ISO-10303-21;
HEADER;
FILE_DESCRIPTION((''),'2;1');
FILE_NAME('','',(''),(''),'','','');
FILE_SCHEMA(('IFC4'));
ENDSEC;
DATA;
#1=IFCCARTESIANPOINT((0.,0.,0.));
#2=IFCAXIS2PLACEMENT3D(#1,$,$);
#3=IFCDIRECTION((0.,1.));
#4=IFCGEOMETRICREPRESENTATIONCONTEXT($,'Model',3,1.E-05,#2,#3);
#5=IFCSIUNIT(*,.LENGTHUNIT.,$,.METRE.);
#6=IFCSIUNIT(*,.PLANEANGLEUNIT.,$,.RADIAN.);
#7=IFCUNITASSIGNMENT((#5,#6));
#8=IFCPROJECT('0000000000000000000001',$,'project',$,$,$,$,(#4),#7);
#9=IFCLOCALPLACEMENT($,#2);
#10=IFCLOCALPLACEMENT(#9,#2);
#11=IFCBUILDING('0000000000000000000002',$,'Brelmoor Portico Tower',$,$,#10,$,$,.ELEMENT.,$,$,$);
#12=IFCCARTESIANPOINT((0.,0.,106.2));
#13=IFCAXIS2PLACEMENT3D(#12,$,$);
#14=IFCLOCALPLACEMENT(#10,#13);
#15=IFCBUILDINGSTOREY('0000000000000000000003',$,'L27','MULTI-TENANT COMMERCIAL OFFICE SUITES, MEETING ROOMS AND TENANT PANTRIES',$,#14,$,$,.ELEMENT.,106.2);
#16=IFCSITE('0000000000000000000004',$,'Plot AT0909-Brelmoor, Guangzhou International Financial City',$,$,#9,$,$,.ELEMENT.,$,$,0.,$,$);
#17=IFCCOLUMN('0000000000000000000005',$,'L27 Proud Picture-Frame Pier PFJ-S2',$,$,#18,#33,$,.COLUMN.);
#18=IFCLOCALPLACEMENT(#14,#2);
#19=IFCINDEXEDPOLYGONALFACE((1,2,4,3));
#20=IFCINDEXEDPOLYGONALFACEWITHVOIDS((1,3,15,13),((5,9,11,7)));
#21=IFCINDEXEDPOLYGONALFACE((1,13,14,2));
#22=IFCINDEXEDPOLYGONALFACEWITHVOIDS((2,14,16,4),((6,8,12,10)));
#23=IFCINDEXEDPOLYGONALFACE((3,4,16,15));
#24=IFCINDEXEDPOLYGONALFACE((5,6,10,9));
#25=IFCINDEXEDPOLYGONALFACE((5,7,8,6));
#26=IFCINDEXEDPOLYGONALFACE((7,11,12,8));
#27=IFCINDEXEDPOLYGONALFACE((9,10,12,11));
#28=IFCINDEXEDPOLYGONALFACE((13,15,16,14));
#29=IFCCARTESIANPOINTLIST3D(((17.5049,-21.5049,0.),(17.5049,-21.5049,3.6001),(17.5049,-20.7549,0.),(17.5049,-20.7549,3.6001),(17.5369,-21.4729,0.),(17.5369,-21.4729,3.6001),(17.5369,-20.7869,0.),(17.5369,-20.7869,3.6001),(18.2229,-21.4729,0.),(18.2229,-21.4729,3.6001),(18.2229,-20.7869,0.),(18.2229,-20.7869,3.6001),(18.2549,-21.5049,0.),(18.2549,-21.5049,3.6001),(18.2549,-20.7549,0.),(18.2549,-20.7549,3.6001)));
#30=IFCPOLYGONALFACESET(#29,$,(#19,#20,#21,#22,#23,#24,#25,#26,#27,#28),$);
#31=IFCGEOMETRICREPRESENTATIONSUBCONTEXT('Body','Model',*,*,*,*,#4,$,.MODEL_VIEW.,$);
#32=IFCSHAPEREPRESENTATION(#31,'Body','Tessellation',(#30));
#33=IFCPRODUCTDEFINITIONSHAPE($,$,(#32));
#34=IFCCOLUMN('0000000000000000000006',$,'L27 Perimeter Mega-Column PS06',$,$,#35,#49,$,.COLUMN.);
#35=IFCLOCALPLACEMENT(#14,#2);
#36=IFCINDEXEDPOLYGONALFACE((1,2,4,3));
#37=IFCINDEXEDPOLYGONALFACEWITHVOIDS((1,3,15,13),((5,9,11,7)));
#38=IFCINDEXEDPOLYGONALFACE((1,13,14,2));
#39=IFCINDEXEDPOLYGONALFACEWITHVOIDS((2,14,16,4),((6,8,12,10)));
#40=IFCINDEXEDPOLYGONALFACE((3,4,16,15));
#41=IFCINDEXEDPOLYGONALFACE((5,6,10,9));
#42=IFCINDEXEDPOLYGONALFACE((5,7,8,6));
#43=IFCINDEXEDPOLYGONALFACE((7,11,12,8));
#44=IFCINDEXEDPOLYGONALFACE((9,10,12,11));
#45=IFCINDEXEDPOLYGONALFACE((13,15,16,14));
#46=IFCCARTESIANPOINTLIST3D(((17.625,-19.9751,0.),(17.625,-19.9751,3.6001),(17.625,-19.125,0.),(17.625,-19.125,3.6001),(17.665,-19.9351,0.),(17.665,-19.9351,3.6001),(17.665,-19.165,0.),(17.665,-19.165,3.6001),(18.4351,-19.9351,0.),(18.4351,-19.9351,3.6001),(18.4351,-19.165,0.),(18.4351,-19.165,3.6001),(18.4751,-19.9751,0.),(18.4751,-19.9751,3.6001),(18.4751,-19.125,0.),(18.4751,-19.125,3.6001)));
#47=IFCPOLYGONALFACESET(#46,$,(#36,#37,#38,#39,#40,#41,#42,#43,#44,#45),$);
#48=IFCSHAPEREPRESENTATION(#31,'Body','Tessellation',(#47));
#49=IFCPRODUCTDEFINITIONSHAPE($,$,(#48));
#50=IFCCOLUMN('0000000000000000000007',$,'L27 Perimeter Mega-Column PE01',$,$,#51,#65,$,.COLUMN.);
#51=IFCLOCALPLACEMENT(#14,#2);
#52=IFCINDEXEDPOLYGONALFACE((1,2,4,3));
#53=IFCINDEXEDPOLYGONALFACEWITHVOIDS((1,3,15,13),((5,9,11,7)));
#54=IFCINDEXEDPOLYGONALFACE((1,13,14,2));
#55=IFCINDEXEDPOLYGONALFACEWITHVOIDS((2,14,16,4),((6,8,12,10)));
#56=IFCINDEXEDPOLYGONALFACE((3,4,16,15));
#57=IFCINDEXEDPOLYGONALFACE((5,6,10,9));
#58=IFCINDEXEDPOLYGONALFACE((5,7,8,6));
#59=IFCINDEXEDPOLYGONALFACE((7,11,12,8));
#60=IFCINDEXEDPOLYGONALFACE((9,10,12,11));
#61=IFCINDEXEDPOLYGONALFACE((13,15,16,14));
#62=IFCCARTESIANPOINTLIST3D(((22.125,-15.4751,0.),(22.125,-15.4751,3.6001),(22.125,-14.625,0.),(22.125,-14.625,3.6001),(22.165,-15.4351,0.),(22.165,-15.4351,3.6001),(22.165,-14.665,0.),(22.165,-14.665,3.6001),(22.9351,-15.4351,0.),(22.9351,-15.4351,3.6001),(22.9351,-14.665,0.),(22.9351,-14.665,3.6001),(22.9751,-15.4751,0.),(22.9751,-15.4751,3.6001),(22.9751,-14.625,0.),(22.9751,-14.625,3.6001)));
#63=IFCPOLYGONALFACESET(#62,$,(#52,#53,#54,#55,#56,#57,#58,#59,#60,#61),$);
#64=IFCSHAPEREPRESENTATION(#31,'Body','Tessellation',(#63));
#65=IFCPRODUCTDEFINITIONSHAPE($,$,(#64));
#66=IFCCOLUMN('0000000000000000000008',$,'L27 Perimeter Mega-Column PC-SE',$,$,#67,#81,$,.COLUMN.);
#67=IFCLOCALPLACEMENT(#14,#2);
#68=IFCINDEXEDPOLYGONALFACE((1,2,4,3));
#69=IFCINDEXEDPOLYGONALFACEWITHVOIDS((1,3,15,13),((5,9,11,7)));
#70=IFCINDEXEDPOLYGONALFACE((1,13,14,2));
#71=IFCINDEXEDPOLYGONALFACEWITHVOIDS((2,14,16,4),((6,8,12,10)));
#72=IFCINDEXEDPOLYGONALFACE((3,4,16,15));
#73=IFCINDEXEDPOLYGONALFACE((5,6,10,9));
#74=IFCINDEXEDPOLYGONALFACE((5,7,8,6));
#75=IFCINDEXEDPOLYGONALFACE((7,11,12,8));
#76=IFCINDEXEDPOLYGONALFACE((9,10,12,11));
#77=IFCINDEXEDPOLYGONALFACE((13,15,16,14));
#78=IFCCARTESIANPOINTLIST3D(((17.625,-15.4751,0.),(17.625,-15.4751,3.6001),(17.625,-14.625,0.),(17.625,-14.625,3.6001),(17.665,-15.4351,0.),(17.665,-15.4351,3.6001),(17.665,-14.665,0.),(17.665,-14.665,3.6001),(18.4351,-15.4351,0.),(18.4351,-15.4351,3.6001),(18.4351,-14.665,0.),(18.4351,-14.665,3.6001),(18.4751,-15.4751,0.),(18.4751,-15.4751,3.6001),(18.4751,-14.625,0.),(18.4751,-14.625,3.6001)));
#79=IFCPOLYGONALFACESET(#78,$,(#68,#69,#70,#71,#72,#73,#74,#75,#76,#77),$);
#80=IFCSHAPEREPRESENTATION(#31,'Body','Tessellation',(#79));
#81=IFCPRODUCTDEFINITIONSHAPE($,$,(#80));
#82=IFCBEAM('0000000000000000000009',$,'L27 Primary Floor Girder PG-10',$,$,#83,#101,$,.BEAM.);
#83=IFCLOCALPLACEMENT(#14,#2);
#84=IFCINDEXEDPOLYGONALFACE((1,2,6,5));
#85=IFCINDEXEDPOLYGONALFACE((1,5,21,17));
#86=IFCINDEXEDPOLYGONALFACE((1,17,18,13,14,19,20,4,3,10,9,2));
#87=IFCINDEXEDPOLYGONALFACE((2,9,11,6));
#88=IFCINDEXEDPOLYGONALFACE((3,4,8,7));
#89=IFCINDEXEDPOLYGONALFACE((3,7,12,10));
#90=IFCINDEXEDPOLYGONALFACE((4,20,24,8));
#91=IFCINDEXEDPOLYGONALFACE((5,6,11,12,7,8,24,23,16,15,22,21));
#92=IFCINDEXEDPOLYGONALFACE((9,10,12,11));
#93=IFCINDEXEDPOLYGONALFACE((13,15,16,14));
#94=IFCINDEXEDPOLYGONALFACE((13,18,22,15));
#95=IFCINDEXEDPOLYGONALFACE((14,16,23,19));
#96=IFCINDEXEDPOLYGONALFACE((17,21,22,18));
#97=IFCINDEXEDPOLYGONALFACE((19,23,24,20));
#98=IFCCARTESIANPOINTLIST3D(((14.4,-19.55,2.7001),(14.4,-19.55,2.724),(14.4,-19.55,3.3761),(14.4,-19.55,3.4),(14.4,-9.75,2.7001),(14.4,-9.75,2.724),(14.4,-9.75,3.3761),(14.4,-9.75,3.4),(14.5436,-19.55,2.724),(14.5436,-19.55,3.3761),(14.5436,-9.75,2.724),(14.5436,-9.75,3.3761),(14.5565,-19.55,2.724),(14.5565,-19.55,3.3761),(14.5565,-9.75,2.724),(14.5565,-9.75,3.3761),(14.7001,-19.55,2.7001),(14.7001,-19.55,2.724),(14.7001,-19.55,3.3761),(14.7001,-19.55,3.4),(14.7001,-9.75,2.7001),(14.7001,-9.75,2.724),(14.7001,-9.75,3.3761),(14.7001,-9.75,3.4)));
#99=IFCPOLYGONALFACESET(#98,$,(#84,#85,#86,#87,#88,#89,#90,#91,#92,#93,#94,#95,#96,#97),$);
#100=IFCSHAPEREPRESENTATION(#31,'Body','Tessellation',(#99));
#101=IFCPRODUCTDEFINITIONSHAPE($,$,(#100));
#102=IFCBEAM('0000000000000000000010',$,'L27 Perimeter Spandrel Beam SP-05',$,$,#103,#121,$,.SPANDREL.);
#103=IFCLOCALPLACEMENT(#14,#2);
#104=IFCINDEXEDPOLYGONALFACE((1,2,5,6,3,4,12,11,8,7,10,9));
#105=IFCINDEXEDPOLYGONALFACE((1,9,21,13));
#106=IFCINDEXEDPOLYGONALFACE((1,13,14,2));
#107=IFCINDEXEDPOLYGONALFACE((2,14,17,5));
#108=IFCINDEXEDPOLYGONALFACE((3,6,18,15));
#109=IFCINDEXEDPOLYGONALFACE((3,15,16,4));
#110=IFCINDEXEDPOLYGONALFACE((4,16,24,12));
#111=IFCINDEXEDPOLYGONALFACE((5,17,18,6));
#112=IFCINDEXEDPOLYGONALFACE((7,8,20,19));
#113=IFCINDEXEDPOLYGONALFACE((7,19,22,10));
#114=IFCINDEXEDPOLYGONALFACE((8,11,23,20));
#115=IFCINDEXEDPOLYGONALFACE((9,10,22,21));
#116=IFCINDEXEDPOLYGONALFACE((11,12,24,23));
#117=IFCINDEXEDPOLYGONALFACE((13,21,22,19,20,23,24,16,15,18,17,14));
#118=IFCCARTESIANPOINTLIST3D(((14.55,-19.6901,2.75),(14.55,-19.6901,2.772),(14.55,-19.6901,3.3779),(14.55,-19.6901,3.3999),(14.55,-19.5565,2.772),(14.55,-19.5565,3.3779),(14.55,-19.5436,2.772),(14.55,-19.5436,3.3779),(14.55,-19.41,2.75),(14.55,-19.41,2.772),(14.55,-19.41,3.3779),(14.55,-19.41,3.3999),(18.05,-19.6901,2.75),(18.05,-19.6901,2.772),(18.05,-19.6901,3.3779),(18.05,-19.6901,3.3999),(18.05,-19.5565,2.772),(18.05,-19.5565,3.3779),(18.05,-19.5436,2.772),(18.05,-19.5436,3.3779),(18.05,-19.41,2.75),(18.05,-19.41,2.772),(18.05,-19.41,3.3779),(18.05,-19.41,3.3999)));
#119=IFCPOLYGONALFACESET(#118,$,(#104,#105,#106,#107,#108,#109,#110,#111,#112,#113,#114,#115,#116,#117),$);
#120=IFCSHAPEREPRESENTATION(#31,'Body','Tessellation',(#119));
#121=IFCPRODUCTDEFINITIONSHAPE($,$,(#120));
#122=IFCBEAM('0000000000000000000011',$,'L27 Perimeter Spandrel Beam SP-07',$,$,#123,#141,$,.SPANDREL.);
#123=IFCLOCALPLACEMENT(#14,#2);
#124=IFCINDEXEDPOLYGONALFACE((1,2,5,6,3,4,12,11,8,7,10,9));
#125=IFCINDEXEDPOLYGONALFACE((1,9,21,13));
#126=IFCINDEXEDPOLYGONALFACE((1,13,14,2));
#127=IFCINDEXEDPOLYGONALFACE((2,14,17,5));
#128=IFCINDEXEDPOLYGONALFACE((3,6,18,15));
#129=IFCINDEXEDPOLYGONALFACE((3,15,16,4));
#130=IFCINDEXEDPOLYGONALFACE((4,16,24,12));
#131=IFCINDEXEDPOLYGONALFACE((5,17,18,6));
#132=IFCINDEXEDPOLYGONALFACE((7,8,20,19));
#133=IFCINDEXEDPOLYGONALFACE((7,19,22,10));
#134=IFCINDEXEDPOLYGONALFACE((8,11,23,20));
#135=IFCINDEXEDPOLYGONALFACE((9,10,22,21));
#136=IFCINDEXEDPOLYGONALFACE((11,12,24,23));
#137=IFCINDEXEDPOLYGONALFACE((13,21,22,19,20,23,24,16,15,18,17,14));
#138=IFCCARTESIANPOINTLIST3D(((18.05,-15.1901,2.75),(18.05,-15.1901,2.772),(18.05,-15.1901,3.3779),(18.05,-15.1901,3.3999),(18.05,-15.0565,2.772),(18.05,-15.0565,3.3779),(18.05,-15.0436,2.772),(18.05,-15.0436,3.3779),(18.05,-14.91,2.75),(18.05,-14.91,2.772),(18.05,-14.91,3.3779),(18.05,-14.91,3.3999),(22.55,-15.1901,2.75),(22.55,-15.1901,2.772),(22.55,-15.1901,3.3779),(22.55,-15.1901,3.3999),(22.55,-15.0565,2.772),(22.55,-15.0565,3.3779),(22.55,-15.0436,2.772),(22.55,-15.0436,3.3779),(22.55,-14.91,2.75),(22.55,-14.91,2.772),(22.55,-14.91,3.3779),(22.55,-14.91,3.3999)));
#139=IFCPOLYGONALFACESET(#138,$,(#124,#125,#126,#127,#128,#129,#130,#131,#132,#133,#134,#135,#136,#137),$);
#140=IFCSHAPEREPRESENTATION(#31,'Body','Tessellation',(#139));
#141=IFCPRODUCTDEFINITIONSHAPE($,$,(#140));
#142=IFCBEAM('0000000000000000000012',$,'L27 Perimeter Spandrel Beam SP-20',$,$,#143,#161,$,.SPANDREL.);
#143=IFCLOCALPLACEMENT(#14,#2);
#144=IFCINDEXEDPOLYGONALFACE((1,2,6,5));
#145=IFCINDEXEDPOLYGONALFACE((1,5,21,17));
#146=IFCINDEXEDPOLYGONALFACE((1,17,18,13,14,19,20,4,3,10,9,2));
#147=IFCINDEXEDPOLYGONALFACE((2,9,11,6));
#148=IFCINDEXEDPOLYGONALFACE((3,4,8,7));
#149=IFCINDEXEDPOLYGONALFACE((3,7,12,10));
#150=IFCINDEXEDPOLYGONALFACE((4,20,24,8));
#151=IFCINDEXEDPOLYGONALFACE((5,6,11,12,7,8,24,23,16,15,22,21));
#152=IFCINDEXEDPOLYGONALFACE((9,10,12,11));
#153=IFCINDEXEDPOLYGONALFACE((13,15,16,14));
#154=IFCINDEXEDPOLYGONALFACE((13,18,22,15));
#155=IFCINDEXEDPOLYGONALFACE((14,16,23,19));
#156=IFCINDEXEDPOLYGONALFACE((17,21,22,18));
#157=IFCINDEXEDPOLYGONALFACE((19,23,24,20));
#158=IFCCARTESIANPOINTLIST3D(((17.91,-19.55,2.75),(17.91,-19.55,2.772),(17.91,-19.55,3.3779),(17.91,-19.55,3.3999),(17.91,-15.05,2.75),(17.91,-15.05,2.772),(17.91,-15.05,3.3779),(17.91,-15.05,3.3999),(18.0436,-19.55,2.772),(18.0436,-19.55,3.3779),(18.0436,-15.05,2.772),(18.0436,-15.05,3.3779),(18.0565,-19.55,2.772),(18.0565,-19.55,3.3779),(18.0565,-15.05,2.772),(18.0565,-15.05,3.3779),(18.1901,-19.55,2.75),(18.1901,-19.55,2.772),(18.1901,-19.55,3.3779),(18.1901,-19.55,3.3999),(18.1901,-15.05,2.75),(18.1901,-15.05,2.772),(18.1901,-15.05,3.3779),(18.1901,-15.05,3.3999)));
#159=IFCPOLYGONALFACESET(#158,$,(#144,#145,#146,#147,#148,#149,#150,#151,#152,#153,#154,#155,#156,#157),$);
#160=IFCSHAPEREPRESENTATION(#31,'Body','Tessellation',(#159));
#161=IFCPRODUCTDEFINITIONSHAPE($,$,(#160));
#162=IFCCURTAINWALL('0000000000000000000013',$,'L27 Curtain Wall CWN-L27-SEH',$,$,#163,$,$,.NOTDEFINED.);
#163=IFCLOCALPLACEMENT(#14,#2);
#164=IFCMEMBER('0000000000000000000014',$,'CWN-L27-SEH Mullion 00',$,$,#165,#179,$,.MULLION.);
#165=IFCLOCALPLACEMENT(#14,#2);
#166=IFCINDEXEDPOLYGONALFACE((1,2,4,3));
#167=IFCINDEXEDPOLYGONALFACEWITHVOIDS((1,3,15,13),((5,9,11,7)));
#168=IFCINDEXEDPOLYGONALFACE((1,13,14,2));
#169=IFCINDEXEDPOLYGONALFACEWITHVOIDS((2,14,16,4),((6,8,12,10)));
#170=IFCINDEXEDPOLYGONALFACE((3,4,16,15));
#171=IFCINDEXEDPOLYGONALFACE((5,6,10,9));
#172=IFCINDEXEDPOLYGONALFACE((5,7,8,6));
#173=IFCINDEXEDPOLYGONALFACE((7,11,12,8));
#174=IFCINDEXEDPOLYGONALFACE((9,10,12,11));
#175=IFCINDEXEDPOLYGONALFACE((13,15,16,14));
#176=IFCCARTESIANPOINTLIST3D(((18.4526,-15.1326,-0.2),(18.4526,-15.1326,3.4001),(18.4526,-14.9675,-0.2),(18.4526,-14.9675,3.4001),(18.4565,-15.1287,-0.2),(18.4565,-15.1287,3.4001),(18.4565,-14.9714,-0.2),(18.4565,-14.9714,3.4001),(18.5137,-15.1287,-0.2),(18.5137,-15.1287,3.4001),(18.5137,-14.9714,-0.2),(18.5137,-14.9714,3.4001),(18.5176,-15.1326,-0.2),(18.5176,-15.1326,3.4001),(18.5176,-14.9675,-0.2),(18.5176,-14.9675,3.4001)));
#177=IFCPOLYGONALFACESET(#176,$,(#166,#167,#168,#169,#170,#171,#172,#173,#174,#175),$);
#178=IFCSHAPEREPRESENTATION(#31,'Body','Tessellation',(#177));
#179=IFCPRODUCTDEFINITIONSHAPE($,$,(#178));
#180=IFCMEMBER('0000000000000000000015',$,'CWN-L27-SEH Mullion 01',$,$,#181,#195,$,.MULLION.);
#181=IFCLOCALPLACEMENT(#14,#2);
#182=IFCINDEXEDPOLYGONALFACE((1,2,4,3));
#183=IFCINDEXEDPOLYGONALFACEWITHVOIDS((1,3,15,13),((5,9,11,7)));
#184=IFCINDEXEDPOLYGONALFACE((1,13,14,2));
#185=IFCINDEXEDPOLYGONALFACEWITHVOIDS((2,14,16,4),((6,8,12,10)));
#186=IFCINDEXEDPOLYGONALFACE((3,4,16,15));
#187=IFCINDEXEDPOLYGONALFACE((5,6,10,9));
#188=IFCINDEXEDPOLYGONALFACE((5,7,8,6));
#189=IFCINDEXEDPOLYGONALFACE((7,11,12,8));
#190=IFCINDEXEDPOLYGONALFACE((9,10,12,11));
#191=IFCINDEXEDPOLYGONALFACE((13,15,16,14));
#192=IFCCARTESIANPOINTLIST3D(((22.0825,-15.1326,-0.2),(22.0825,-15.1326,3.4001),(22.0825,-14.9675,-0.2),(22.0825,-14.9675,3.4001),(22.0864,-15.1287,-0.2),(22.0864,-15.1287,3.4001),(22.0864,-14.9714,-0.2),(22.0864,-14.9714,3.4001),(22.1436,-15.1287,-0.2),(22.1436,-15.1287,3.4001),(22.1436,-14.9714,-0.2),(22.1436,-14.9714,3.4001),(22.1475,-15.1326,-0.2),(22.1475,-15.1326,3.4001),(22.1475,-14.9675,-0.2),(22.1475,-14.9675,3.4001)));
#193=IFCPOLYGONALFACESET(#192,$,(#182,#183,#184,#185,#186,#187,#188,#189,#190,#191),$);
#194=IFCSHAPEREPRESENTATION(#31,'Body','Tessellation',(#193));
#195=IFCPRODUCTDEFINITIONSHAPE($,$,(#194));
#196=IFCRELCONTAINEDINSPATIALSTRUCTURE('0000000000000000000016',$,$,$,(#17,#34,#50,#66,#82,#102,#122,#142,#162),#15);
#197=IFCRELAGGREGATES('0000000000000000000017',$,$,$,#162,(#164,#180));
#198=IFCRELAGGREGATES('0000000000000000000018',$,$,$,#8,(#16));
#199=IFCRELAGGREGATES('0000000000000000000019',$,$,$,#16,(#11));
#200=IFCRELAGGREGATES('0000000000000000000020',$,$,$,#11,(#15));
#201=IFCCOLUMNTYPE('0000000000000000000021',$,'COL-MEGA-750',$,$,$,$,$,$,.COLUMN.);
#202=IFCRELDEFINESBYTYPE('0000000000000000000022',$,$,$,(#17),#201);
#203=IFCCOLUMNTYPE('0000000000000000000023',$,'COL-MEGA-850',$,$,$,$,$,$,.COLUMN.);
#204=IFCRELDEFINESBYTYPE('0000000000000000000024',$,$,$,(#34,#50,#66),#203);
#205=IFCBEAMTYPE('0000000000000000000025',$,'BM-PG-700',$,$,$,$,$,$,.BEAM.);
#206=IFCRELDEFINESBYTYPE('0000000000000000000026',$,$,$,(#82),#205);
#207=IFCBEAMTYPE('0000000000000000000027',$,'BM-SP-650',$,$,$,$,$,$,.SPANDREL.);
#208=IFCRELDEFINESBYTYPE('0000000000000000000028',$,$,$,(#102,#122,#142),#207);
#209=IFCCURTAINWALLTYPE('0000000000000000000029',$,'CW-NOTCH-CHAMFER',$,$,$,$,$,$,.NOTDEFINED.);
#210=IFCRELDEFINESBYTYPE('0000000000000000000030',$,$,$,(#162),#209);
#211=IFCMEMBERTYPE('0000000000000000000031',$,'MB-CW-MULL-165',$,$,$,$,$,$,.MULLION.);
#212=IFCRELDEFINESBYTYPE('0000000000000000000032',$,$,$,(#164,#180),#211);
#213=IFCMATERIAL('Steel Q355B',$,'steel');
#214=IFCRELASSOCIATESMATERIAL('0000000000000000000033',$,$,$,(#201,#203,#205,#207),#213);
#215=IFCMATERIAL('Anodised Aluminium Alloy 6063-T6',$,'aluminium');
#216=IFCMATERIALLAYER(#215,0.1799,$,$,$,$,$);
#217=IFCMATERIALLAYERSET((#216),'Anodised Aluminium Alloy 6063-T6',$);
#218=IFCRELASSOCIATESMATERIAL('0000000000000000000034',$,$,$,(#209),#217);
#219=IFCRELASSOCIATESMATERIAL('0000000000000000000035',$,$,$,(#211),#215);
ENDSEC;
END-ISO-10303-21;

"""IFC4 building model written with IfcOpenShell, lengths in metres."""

from ifc_helpers import new_model, si_unit, direction, frame, origin, origin_2d, place, context, subcontext, project, spatial, hollow_rectangle, i_section, extrude, material, layer, layer_set, material_profile, profile_set, type_object, element, aggregate, save


model = new_model("IFC4")

# Units and contexts
model_context = context("Model", 3, precision=1e-05, world=origin(), true_north=direction((0.0, 1.0)))
body_context = subcontext(model_context, "Body", "Model", "MODEL_VIEW")
ifc_project = project(units=[si_unit("LENGTHUNIT", "METRE"), si_unit("PLANEANGLEUNIT", "RADIAN")], contexts=[model_context])

# Site, building, storey
site_placement = place(None, origin())
site = spatial("IfcSite", under=ifc_project, at=site_placement, Name="Plot AT0909-Brelmoor, Guangzhou International Financial City", CompositionType="ELEMENT", RefElevation=0.0)
building_placement = place(site_placement, origin())
building = spatial("IfcBuilding", under=site, at=building_placement, Name="Brelmoor Portico Tower", CompositionType="ELEMENT")
storey_placement = place(building_placement, frame((0.0, 0.0, 106.2)))
storey = spatial("IfcBuildingStorey", under=building, at=storey_placement, Name="L27", Description="MULTI-TENANT COMMERCIAL OFFICE SUITES, MEETING ROOMS AND TENANT PANTRIES", CompositionType="ELEMENT", Elevation=106.2)

# Columns
ifc_material_1 = material(Name="Steel Q355B", Category="steel")
ifc_material_profile_1 = material_profile(ifc_material_1, hollow_rectangle(XDim=0.75, YDim=0.75, WallThickness=0.032, at=origin_2d()), Name="BOX 750x750x32")
ifc_profile_set_1 = profile_set([ifc_material_profile_1], Name="Steel Q355B")
column_type_1 = type_object("IfcColumnType", Name="COL-MEGA-750", PredefinedType="COLUMN", material=ifc_profile_set_1)
column_placement = place(storey_placement, frame((17.8799, -21.1299, 0.0), z_axis=(0.0, 0.0, 1.0), x_axis=(1.0, 0.0, 0.0)))
element("IfcColumn", 1, at=column_placement, inside=storey, type_object=column_type_1, Name="L27 Proud Picture-Frame Pier PFJ-S2", PredefinedType="COLUMN", context=body_context, shape_type="SweptSolid", body=[
    extrude(hollow_rectangle(XDim=0.75, YDim=0.75, WallThickness=0.032, at=origin_2d()), origin(), (0.0, 0.0, 1.0), 3.6001),
])
ifc_material_profile_2 = material_profile(ifc_material_1, hollow_rectangle(XDim=0.8501, YDim=0.8501, WallThickness=0.04, at=origin_2d()), Name="BOX 850x850x40")
ifc_profile_set_2 = profile_set([ifc_material_profile_2], Name="Steel Q355B")
column_type_2 = type_object("IfcColumnType", Name="COL-MEGA-850", PredefinedType="COLUMN", material=ifc_profile_set_2)
for number, where, z_axis, x_axis, name in (
    (2, (18.05, -19.55, 0.0), (0.0, 0.0, 1.0), (1.0, 0.0, 0.0), "L27 Perimeter Mega-Column PS06"),
    (3, (22.55, -15.05, 0.0), (0.0, 0.0, 1.0), (0.0, 1.0, 0.0), "L27 Perimeter Mega-Column PE01"),
    (4, (18.05, -15.05, 0.0), (0.0, 0.0, 1.0), (1.0, 0.0, 0.0), "L27 Perimeter Mega-Column PC-SE"),
):
    element("IfcColumn", number, at=place(storey_placement, frame(where, z_axis=z_axis, x_axis=x_axis)), inside=storey, type_object=column_type_2, Name=name, PredefinedType="COLUMN", context=body_context, shape_type="SweptSolid", body=[
        extrude(hollow_rectangle(XDim=0.8501, YDim=0.8501, WallThickness=0.04, at=origin_2d()), origin(), (0.0, 0.0, 1.0), 3.6001),
    ])

# Beams
ifc_material_profile_3 = material_profile(ifc_material_1, i_section(OverallWidth=0.3, OverallDepth=0.7, WebThickness=0.0129, FlangeThickness=0.0239, at=origin_2d()), Name="HN 700x300x13x24")
ifc_profile_set_3 = profile_set([ifc_material_profile_3], Name="Steel Q355B")
beam_type_1 = type_object("IfcBeamType", Name="BM-PG-700", PredefinedType="BEAM", material=ifc_profile_set_3)
beam_1_placement = place(storey_placement, frame((14.55, -19.55, 3.05), z_axis=(0.0, 1.0, 0.0), x_axis=(-1.0, 0.0, 0.0)))
element("IfcBeam", 5, at=beam_1_placement, inside=storey, type_object=beam_type_1, Name="L27 Primary Floor Girder PG-10", PredefinedType="BEAM", context=body_context, shape_type="SweptSolid", body=[
    extrude(i_section(OverallWidth=0.3, OverallDepth=0.7, WebThickness=0.0129, FlangeThickness=0.0239, at=origin_2d()), origin(), (0.0, 0.0, 1.0), 9.8),
])
ifc_material_profile_4 = material_profile(ifc_material_1, i_section(OverallWidth=0.28, OverallDepth=0.6499, WebThickness=0.0129, FlangeThickness=0.022, at=origin_2d()), Name="HN 650x280x13x22")
ifc_profile_set_4 = profile_set([ifc_material_profile_4], Name="Steel Q355B")
beam_type_2 = type_object("IfcBeamType", Name="BM-SP-650", PredefinedType="SPANDREL", material=ifc_profile_set_4)
beam_2_placement = place(storey_placement, frame((14.55, -19.55, 3.075), z_axis=(1.0, 0.0, 0.0), x_axis=(0.0, 1.0, 0.0)))
element("IfcBeam", 6, at=beam_2_placement, inside=storey, type_object=beam_type_2, Name="L27 Perimeter Spandrel Beam SP-05", PredefinedType="SPANDREL", context=body_context, shape_type="SweptSolid", body=[
    extrude(i_section(OverallWidth=0.28, OverallDepth=0.6499, WebThickness=0.0129, FlangeThickness=0.022, at=origin_2d()), origin(), (0.0, 0.0, 1.0), 3.5),
])
for number, where, z_axis, x_axis, name in (
    (7, (18.05, -15.05, 3.075), (1.0, 0.0, 0.0), (0.0, 1.0, 0.0), "L27 Perimeter Spandrel Beam SP-07"),
    (8, (18.05, -19.55, 3.075), (0.0, 1.0, 0.0), (-1.0, 0.0, 0.0), "L27 Perimeter Spandrel Beam SP-20"),
):
    element("IfcBeam", number, at=place(storey_placement, frame(where, z_axis=z_axis, x_axis=x_axis)), inside=storey, type_object=beam_type_2, Name=name, PredefinedType="SPANDREL", context=body_context, shape_type="SweptSolid", body=[
        extrude(i_section(OverallWidth=0.28, OverallDepth=0.6499, WebThickness=0.0129, FlangeThickness=0.022, at=origin_2d()), origin(), (0.0, 0.0, 1.0), 4.5),
    ])

# Curtain wall, members
ifc_material_2 = material(Name="Anodised Aluminium Alloy 6063-T6", Category="aluminium")
ifc_layer_1 = layer(ifc_material_2, 0.1799)
ifc_layer_set_1 = layer_set([ifc_layer_1], Name="Anodised Aluminium Alloy 6063-T6")
curtain_wall_type = type_object("IfcCurtainWallType", Name="CW-NOTCH-CHAMFER", PredefinedType="NOTDEFINED", material=ifc_layer_set_1)
curtain_wall_1_placement = place(storey_placement, origin())
curtain_wall_1 = element("IfcCurtainWall", 9, at=curtain_wall_1_placement, inside=storey, type_object=curtain_wall_type, Name="L27 Curtain Wall CWN-L27-SEH", PredefinedType="NOTDEFINED")
ifc_material_profile_5 = material_profile(ifc_material_2, hollow_rectangle(XDim=0.0649, YDim=0.165, WallThickness=0.0039, at=origin_2d()), Name="ALU MULLION 65x165")
ifc_profile_set_5 = profile_set([ifc_material_profile_5], Name="Anodised Aluminium Alloy 6063-T6")
member_type_1 = type_object("IfcMemberType", Name="MB-CW-MULL-165", PredefinedType="MULLION", material=ifc_profile_set_5)
member_1_placement = place(storey_placement, frame((18.4851, -15.05, -0.2), z_axis=(0.0, 0.0, 1.0), x_axis=(1.0, 0.0, 0.0)))
member_1 = element("IfcMember", 10, at=member_1_placement, type_object=member_type_1, Name="CWN-L27-SEH Mullion 00", PredefinedType="MULLION", context=body_context, shape_type="SweptSolid", body=[
    extrude(hollow_rectangle(XDim=0.0649, YDim=0.165, WallThickness=0.0039, at=origin_2d()), origin(), (0.0, 0.0, 1.0), 3.6001),
])
member_2_placement = place(storey_placement, frame((22.115, -15.05, -0.2), z_axis=(0.0, 0.0, 1.0), x_axis=(1.0, 0.0, 0.0)))
member_2 = element("IfcMember", 11, at=member_2_placement, type_object=member_type_1, Name="CWN-L27-SEH Mullion 01", PredefinedType="MULLION", context=body_context, shape_type="SweptSolid", body=[
    extrude(hollow_rectangle(XDim=0.0649, YDim=0.165, WallThickness=0.0039, at=origin_2d()), origin(), (0.0, 0.0, 1.0), 3.6001),
])

aggregate(curtain_wall_1, [member_1, member_2])

save(model, "model.ifc")
